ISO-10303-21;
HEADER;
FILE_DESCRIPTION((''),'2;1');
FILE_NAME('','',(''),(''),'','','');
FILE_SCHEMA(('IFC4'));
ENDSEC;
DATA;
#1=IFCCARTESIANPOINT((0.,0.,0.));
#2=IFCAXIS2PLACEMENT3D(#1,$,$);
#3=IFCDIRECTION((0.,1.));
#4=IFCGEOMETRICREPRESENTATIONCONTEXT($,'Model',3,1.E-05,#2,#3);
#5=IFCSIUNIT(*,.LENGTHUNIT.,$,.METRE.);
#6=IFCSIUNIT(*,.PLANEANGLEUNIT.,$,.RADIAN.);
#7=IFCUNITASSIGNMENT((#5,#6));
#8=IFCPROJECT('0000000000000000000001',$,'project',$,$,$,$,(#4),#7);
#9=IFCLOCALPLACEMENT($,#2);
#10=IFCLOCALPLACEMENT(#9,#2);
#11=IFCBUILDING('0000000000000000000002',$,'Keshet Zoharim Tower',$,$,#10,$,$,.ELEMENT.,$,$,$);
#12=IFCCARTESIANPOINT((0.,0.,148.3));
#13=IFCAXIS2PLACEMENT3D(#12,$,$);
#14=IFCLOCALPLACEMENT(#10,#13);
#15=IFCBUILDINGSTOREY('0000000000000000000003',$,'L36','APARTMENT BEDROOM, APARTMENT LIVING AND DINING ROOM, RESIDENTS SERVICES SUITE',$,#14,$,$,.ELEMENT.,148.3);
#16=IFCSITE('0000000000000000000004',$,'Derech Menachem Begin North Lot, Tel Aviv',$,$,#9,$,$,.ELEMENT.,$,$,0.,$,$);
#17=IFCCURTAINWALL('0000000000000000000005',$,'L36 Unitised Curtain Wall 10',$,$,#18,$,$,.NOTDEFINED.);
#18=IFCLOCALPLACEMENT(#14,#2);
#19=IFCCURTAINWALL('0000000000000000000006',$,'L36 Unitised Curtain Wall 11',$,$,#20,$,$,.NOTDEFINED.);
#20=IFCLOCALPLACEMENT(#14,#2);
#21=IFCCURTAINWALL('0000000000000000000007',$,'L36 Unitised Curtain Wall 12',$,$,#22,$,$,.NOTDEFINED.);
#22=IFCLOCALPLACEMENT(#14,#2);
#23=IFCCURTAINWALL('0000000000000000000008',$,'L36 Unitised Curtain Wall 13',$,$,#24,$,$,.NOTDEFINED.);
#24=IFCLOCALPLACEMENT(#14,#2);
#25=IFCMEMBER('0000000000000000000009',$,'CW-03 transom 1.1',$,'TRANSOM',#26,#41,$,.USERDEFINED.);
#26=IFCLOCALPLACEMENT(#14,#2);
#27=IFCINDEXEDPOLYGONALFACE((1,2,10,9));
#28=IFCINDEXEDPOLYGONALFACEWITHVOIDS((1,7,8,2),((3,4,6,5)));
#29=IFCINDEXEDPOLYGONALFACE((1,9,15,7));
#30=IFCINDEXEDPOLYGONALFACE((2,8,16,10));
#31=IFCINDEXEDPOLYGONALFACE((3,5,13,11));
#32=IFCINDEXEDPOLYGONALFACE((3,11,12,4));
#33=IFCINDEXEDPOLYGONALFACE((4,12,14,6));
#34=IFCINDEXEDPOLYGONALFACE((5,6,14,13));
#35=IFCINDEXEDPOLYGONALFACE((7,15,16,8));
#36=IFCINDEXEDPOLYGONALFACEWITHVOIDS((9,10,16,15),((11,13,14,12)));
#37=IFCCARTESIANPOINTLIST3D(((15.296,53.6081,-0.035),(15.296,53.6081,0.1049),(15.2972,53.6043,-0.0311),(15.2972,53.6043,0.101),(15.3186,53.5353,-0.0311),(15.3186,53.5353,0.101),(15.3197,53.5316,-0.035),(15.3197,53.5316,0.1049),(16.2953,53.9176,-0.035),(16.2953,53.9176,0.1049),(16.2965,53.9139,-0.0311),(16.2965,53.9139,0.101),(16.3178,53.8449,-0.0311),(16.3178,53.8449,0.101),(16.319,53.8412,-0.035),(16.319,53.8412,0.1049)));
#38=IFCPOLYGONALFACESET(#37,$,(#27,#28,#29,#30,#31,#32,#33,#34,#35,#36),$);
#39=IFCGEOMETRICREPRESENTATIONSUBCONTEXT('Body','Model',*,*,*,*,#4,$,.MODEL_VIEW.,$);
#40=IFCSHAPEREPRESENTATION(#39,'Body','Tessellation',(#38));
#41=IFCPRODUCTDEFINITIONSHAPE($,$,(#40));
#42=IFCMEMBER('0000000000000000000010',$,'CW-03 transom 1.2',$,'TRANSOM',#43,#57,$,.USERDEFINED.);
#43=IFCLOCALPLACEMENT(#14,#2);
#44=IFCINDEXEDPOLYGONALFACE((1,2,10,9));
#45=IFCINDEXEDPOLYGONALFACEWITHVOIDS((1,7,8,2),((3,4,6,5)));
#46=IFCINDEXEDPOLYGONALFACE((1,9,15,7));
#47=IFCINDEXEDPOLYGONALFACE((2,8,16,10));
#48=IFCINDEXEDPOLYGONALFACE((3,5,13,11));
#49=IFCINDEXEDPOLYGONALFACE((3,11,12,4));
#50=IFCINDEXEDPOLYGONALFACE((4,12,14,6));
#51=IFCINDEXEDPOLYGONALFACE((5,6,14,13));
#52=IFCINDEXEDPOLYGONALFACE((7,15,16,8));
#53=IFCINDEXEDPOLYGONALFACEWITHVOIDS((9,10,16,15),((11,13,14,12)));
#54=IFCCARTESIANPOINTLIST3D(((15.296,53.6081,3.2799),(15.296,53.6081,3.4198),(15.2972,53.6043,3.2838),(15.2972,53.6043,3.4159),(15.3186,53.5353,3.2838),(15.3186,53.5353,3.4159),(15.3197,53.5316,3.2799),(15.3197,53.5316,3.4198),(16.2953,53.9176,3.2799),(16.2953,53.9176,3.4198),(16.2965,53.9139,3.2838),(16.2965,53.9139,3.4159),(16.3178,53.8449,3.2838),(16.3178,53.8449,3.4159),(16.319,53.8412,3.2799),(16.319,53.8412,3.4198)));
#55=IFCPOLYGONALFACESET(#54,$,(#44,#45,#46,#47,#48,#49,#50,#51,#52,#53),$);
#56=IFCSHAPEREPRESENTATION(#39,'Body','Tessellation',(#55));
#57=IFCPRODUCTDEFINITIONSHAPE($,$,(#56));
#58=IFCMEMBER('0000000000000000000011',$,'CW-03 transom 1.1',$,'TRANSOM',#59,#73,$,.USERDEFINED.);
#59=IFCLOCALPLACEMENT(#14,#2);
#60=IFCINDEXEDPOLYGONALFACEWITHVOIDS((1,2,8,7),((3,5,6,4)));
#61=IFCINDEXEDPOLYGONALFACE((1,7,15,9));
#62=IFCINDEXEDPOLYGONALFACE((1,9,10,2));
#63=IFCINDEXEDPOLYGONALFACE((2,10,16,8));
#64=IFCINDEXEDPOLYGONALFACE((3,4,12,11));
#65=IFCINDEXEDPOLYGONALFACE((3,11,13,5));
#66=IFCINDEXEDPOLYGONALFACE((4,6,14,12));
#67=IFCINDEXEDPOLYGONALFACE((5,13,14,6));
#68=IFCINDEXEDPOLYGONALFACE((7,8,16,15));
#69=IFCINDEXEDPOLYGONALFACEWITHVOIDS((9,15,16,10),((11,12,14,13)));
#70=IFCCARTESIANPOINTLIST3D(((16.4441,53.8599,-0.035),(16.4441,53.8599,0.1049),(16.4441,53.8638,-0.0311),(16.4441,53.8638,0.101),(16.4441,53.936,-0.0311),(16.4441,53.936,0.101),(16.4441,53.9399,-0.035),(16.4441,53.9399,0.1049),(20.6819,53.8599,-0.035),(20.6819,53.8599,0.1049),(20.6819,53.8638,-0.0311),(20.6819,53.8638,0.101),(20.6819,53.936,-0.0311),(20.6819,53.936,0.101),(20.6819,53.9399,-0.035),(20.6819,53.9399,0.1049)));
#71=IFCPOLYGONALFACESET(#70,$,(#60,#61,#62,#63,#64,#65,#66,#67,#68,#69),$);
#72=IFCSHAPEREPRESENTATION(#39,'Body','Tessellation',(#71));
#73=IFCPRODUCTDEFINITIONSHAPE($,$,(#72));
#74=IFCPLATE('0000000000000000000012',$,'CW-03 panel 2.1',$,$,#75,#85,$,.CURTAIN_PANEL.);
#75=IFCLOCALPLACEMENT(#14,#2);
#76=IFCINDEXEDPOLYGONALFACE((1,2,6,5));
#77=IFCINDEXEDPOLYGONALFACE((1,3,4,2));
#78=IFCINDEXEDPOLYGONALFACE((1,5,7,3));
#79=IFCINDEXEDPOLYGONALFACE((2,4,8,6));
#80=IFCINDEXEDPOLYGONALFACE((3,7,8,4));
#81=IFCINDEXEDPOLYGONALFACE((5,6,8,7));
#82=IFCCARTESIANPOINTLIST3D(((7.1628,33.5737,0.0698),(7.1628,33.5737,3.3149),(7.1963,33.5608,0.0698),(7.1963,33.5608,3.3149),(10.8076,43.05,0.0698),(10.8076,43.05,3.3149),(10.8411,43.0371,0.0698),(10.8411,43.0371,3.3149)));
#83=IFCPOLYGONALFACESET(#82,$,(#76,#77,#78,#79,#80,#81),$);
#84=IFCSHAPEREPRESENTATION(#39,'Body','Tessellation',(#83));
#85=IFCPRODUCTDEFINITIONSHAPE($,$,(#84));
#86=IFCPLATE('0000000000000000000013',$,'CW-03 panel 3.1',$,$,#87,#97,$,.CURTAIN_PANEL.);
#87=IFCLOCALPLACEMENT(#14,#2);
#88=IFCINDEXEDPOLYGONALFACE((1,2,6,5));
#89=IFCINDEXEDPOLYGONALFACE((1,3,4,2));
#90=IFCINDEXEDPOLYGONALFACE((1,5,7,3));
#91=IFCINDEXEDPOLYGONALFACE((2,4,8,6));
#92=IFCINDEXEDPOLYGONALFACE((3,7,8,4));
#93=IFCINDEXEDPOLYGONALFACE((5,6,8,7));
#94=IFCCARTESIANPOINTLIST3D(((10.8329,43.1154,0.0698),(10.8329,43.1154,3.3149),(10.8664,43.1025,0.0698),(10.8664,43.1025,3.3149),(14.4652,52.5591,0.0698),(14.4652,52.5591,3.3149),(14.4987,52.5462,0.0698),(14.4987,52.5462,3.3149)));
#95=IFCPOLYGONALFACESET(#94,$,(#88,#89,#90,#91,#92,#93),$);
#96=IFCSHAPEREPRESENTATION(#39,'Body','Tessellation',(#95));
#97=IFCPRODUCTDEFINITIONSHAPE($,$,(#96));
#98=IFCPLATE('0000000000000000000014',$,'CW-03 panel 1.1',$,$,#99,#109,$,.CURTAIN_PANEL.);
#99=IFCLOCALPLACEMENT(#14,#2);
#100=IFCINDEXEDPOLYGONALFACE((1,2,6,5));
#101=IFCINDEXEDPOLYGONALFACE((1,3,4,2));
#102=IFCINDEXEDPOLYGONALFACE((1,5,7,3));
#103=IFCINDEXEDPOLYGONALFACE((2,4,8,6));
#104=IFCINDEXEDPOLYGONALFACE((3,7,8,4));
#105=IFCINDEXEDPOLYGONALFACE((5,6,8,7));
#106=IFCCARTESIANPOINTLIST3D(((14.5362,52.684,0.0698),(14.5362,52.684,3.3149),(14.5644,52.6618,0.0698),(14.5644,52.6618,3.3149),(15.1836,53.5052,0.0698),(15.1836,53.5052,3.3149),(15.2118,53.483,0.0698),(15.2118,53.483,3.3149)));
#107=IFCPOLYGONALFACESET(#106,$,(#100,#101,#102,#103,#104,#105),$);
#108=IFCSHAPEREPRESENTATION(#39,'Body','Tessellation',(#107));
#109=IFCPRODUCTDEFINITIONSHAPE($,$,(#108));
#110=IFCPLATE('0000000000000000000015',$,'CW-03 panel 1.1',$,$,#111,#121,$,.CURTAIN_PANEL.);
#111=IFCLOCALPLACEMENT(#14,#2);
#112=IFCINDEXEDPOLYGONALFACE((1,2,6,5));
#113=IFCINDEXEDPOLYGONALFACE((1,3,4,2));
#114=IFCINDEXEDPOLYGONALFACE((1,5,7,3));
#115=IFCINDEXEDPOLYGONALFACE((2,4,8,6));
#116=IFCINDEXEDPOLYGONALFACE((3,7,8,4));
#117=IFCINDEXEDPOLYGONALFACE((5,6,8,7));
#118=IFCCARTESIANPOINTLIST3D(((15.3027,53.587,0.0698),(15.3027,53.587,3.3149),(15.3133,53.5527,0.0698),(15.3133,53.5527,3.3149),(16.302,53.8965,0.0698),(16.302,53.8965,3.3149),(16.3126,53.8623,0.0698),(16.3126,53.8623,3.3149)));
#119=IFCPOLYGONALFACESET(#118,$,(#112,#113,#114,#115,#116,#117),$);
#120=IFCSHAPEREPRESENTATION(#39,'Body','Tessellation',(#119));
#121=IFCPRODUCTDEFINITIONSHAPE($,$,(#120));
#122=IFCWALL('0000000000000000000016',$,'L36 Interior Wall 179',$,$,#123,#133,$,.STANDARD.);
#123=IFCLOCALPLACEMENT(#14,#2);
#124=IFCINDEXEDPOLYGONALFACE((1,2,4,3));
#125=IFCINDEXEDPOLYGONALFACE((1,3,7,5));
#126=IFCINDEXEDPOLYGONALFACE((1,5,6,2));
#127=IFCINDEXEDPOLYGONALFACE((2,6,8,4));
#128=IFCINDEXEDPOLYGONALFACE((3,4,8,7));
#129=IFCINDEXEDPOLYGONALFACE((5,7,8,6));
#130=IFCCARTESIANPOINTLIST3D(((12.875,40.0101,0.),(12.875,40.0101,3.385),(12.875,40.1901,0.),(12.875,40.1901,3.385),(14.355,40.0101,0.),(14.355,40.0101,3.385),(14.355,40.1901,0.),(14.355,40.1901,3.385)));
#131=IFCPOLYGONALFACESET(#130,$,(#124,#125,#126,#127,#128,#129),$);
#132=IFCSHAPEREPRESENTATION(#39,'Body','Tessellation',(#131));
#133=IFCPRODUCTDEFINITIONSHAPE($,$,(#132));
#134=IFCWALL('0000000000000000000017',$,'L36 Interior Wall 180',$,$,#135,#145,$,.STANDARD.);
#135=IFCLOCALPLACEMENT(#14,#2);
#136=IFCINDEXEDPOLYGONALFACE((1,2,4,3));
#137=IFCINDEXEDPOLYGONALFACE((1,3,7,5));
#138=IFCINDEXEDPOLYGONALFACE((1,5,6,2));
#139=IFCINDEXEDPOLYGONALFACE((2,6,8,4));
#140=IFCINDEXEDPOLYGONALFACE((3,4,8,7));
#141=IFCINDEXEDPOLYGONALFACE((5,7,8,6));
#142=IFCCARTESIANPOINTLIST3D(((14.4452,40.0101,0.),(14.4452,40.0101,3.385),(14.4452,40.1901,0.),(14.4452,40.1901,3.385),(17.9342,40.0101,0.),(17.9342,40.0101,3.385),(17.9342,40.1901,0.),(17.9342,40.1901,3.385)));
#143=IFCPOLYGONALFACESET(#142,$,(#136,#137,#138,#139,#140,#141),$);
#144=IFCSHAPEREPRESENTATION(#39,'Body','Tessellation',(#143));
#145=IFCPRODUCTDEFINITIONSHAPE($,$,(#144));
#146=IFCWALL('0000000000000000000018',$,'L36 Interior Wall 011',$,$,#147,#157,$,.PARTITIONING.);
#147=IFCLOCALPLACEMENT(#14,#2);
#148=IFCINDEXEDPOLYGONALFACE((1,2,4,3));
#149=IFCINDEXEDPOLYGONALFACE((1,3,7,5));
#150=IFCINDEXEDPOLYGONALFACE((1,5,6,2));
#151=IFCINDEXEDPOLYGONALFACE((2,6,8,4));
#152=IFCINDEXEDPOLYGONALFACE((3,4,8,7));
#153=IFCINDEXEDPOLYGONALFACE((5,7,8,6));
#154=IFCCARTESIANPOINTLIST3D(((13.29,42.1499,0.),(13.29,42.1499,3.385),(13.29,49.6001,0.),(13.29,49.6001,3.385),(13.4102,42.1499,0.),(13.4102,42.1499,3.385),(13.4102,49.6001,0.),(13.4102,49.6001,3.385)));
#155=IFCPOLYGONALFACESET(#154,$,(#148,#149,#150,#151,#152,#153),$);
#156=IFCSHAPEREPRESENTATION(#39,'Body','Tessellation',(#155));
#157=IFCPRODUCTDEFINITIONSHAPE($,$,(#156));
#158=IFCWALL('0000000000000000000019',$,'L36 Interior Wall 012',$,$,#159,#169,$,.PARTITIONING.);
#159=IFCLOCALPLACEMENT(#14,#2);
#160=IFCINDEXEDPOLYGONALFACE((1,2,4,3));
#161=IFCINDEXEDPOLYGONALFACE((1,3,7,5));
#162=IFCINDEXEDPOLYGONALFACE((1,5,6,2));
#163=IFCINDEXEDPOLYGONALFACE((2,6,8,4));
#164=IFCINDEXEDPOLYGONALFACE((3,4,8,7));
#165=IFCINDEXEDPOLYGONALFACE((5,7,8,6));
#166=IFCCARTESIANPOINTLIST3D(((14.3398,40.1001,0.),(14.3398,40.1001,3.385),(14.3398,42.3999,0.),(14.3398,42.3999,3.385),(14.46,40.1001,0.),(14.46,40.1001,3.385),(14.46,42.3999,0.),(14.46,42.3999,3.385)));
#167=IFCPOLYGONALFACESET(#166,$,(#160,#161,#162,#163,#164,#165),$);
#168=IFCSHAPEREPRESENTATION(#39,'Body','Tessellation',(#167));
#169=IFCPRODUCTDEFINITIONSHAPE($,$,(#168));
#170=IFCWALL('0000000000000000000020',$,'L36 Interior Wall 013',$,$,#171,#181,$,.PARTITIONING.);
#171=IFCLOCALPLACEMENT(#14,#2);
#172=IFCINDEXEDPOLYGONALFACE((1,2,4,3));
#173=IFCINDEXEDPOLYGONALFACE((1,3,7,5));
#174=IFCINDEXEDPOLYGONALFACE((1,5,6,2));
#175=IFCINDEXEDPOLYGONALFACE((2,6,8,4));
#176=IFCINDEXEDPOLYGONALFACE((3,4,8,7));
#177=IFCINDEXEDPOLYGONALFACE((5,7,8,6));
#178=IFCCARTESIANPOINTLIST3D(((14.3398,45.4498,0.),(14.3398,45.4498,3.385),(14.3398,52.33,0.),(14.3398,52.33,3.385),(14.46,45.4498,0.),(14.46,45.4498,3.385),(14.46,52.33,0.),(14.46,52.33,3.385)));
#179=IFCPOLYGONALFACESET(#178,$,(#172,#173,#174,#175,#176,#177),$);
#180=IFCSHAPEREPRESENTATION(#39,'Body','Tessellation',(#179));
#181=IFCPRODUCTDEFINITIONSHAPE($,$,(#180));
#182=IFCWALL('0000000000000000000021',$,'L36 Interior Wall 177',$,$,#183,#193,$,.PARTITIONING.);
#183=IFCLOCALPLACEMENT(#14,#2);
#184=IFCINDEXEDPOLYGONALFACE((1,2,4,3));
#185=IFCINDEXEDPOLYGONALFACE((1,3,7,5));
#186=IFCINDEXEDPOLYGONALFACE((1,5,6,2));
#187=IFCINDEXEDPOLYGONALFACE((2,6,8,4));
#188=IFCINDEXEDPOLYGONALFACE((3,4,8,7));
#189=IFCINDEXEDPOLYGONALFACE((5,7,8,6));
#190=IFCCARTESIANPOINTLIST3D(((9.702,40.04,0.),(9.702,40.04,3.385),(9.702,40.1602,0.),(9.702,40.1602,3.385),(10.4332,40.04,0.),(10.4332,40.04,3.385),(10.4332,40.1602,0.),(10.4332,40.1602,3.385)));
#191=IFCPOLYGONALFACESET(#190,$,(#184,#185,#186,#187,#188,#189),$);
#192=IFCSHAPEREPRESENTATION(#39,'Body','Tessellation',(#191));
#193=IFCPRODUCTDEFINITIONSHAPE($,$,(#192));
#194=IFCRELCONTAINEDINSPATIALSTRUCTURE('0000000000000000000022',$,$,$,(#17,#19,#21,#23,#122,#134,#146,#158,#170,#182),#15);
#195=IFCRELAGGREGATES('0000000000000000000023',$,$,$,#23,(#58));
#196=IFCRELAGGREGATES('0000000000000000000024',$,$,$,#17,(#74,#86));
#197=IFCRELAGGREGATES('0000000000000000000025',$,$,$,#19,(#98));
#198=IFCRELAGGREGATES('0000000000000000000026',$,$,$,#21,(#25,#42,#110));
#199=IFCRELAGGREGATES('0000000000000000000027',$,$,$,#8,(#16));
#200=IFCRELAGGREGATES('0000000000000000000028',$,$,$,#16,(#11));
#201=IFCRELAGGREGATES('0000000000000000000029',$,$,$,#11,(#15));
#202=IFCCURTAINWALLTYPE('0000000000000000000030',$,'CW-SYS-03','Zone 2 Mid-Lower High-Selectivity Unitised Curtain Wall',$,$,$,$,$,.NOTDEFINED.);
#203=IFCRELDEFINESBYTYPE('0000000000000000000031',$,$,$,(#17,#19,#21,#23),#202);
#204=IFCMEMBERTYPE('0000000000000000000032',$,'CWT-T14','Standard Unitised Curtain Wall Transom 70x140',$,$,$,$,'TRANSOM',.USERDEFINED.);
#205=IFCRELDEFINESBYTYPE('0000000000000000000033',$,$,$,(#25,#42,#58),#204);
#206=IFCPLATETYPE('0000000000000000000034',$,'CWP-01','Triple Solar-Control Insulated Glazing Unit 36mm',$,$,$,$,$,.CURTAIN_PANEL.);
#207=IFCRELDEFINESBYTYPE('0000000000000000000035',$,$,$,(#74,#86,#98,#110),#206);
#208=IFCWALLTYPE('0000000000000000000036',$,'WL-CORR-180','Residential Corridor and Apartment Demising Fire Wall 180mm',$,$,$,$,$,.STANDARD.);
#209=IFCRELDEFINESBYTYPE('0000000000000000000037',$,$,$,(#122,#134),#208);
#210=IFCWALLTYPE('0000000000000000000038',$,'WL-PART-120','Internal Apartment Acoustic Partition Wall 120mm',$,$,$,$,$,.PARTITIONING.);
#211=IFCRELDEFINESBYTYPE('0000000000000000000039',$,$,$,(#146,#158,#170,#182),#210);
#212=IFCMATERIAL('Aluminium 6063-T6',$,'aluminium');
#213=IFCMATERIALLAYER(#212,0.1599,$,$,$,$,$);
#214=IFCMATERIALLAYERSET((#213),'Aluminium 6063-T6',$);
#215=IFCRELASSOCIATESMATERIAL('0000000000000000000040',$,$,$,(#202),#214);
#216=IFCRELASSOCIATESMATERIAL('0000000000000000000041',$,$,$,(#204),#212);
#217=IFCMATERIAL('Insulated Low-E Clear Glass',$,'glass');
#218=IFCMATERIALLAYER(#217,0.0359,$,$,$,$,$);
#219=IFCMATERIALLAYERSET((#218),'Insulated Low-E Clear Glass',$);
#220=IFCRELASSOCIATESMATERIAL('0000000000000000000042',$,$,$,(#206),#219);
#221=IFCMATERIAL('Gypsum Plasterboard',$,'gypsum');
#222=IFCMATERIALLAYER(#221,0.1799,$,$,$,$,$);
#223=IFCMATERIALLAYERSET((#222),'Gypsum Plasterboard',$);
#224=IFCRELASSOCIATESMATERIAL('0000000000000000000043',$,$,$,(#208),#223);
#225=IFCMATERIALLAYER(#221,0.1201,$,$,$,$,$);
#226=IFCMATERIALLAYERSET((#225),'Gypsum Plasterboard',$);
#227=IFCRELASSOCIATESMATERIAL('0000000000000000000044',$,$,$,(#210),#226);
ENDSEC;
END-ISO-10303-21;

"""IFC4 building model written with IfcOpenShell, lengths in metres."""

from ifc_helpers import new_model, si_unit, direction, frame, frame_2d, origin, origin_2d, place, context, subcontext, project, spatial, rectangle, hollow_rectangle, extrude, material, layer, layer_set, material_profile, profile_set, type_object, element, aggregate, save


model = new_model("IFC4")

# Units and contexts
model_context = context("Model", 3, precision=1e-05, world=origin(), true_north=direction((0.0, 1.0)))
body_context = subcontext(model_context, "Body", "Model", "MODEL_VIEW")
ifc_project = project(units=[si_unit("LENGTHUNIT", "METRE"), si_unit("PLANEANGLEUNIT", "RADIAN")], contexts=[model_context])

# Site, building, storey
site_placement = place(None, origin())
site = spatial("IfcSite", under=ifc_project, at=site_placement, Name="Derech Menachem Begin North Lot, Tel Aviv", CompositionType="ELEMENT", RefElevation=0.0)
building_placement = place(site_placement, origin())
building = spatial("IfcBuilding", under=site, at=building_placement, Name="Keshet Zoharim Tower", CompositionType="ELEMENT")
storey_placement = place(building_placement, frame((0.0, 0.0, 148.3)))
storey = spatial("IfcBuildingStorey", under=building, at=storey_placement, Name="L36", Description="APARTMENT BEDROOM, APARTMENT LIVING AND DINING ROOM, RESIDENTS SERVICES SUITE", CompositionType="ELEMENT", Elevation=148.3)

# Curtain walls
ifc_material_1 = material(Name="Aluminium 6063-T6", Category="aluminium")
ifc_layer_1 = layer(ifc_material_1, 0.1599)
ifc_layer_set_1 = layer_set([ifc_layer_1], Name="Aluminium 6063-T6")
curtain_wall_type = type_object("IfcCurtainWallType", Name="CW-SYS-03", Description="Zone 2 Mid-Lower High-Selectivity Unitised Curtain Wall", PredefinedType="NOTDEFINED", material=ifc_layer_set_1)
curtain_wall_1_placement = place(storey_placement, origin())
curtain_wall_1 = element("IfcCurtainWall", 1, at=curtain_wall_1_placement, inside=storey, type_object=curtain_wall_type, Name="L36 Unitised Curtain Wall 10", PredefinedType="NOTDEFINED")
curtain_wall_2_placement = place(storey_placement, origin())
curtain_wall_2 = element("IfcCurtainWall", 2, at=curtain_wall_2_placement, inside=storey, type_object=curtain_wall_type, Name="L36 Unitised Curtain Wall 11", PredefinedType="NOTDEFINED")
curtain_wall_3_placement = place(storey_placement, origin())
curtain_wall_3 = element("IfcCurtainWall", 3, at=curtain_wall_3_placement, inside=storey, type_object=curtain_wall_type, Name="L36 Unitised Curtain Wall 12", PredefinedType="NOTDEFINED")

# Curtain wall
curtain_wall_4_placement = place(storey_placement, origin())
curtain_wall_4 = element("IfcCurtainWall", 4, at=curtain_wall_4_placement, inside=storey, type_object=curtain_wall_type, Name="L36 Unitised Curtain Wall 13", PredefinedType="NOTDEFINED")

# Members
ifc_material_profile_1 = material_profile(ifc_material_1, hollow_rectangle(XDim=0.0801, YDim=0.1399, WallThickness=0.0039, at=origin_2d()), Name="TRN-80x140")
ifc_profile_set_1 = profile_set([ifc_material_profile_1], Name="Aluminium 6063-T6")
member_type_1 = type_object("IfcMemberType", Name="CWT-T14", Description="Standard Unitised Curtain Wall Transom 70x140", ElementType="TRANSOM", PredefinedType="USERDEFINED", material=ifc_profile_set_1)
member_1_placement = place(storey_placement, frame((15.3079, 53.5698, 0.0349), z_axis=(0.955212, 0.295922, 0.0), x_axis=(-0.295922, 0.955212, 0.0)))
member_1 = element("IfcMember", 5, at=member_1_placement, type_object=member_type_1, Name="CW-03 transom 1.1", ObjectType="TRANSOM", PredefinedType="USERDEFINED", context=body_context, shape_type="SweptSolid", body=[
    extrude(hollow_rectangle(XDim=0.0801, YDim=0.1399, WallThickness=0.0039, at=origin_2d()), origin(), (0.0, 0.0, 1.0), 1.0461),
])
member_2_placement = place(storey_placement, frame((15.3079, 53.5698, 3.3499), z_axis=(0.955212, 0.295922, 0.0), x_axis=(-0.295922, 0.955212, 0.0)))
member_2 = element("IfcMember", 6, at=member_2_placement, type_object=member_type_1, Name="CW-03 transom 1.2", ObjectType="TRANSOM", PredefinedType="USERDEFINED", context=body_context, shape_type="SweptSolid", body=[
    extrude(hollow_rectangle(XDim=0.0801, YDim=0.1399, WallThickness=0.0039, at=origin_2d()), origin(), (0.0, 0.0, 1.0), 1.0461),
])
member_3_placement = place(storey_placement, frame((16.4441, 53.8999, 0.0349), z_axis=(1.0, 0.0, 0.0), x_axis=(0.0, 1.0, 0.0)))
member_3 = element("IfcMember", 7, at=member_3_placement, type_object=member_type_1, Name="CW-03 transom 1.1", ObjectType="TRANSOM", PredefinedType="USERDEFINED", context=body_context, shape_type="SweptSolid", body=[
    extrude(hollow_rectangle(XDim=0.0801, YDim=0.1399, WallThickness=0.0039, at=origin_2d()), origin(), (0.0, 0.0, 1.0), 4.2378),
])
aggregate(curtain_wall_4, [member_3])

# Plates
ifc_material_2 = material(Name="Insulated Low-E Clear Glass", Category="glass")
ifc_layer_2 = layer(ifc_material_2, 0.0359)
ifc_layer_set_2 = layer_set([ifc_layer_2], Name="Insulated Low-E Clear Glass")
plate_type = type_object("IfcPlateType", Name="CWP-01", Description="Triple Solar-Control Insulated Glazing Unit 36mm", PredefinedType="CURTAIN_PANEL", material=ifc_layer_set_2)
plate_1_placement = place(storey_placement, frame((9.002, 38.3054, 0.0698), z_axis=(0.0, 0.0, 1.0), x_axis=(0.35899, 0.933341, 0.0)))
plate_1 = element("IfcPlate", 8, at=plate_1_placement, type_object=plate_type, Name="CW-03 panel 2.1", PredefinedType="CURTAIN_PANEL", context=body_context, shape_type="SweptSolid", body=[
    extrude(rectangle(XDim=10.1531, YDim=0.0359, at=origin_2d()), origin(), (0.0, 0.0, 1.0), 3.2451),
])
plate_2_placement = place(storey_placement, frame((12.6658, 47.8308, 0.0698), z_axis=(0.0, 0.0, 1.0), x_axis=(0.35899, 0.933341, 0.0)))
plate_2 = element("IfcPlate", 9, at=plate_2_placement, type_object=plate_type, Name="CW-03 panel 3.1", PredefinedType="CURTAIN_PANEL", context=body_context, shape_type="SweptSolid", body=[
    extrude(rectangle(XDim=10.1182, YDim=0.0359, at=origin_2d()), origin(), (0.0, 0.0, 1.0), 3.2451),
])
aggregate(curtain_wall_1, [plate_1, plate_2])
plate_3_placement = place(storey_placement, frame((14.874, 53.0835, 0.0698), z_axis=(0.0, 0.0, 1.0), x_axis=(0.619125, 0.785293, 0.0)))
plate_3 = element("IfcPlate", 10, at=plate_3_placement, type_object=plate_type, Name="CW-03 panel 1.1", PredefinedType="CURTAIN_PANEL", context=body_context, shape_type="SweptSolid", body=[
    extrude(rectangle(XDim=1.0457, YDim=0.0359, at=origin_2d()), origin(), (0.0, 0.0, 1.0), 3.2451),
])
aggregate(curtain_wall_2, [plate_3])
plate_4_placement = place(storey_placement, frame((15.8076, 53.7246, 0.0698), z_axis=(0.0, 0.0, 1.0), x_axis=(0.955212, 0.295922, 0.0)))
plate_4 = element("IfcPlate", 11, at=plate_4_placement, type_object=plate_type, Name="CW-03 panel 1.1", PredefinedType="CURTAIN_PANEL", context=body_context, shape_type="SweptSolid", body=[
    extrude(rectangle(XDim=1.0461, YDim=0.0359, at=origin_2d()), origin(), (0.0, 0.0, 1.0), 3.2451),
])
aggregate(curtain_wall_3, [member_1, member_2, plate_4])

# Walls
ifc_material_3 = material(Name="Gypsum Plasterboard", Category="gypsum")
ifc_layer_3 = layer(ifc_material_3, 0.1799)
ifc_layer_set_3 = layer_set([ifc_layer_3], Name="Gypsum Plasterboard")
wall_type_1 = type_object("IfcWallType", Name="WL-CORR-180", Description="Residential Corridor and Apartment Demising Fire Wall 180mm", PredefinedType="STANDARD", material=ifc_layer_set_3)
wall_1_placement = place(storey_placement, frame((12.875, 40.1001, 0.0), z_axis=(0.0, 0.0, 1.0), x_axis=(1.0, 0.0, 0.0)))
element("IfcWall", 12, at=wall_1_placement, inside=storey, type_object=wall_type_1, Name="L36 Interior Wall 179", PredefinedType="STANDARD", context=body_context, shape_type="SweptSolid", body=[
    extrude(rectangle(XDim=1.48, YDim=0.1799, at=frame_2d((0.74, 0.0))), origin(), (0.0, 0.0, 1.0), 3.385),
])
wall_2_placement = place(storey_placement, frame((14.4451, 40.1001, 0.0), z_axis=(0.0, 0.0, 1.0), x_axis=(1.0, 0.0, 0.0)))
element("IfcWall", 13, at=wall_2_placement, inside=storey, type_object=wall_type_1, Name="L36 Interior Wall 180", PredefinedType="STANDARD", context=body_context, shape_type="SweptSolid", body=[
    extrude(rectangle(XDim=3.489, YDim=0.1799, at=frame_2d((1.7446, 0.0))), origin(), (0.0, 0.0, 1.0), 3.385),
])
ifc_layer_4 = layer(ifc_material_3, 0.1201)
ifc_layer_set_4 = layer_set([ifc_layer_4], Name="Gypsum Plasterboard")
wall_type_2 = type_object("IfcWallType", Name="WL-PART-120", Description="Internal Apartment Acoustic Partition Wall 120mm", PredefinedType="PARTITIONING", material=ifc_layer_set_4)
wall_3_placement = place(storey_placement, frame((13.3501, 42.1499, 0.0), z_axis=(0.0, 0.0, 1.0), x_axis=(0.0, 1.0, 0.0)))
element("IfcWall", 14, at=wall_3_placement, inside=storey, type_object=wall_type_2, Name="L36 Interior Wall 011", PredefinedType="PARTITIONING", context=body_context, shape_type="SweptSolid", body=[
    extrude(rectangle(XDim=7.4502, YDim=0.1201, at=frame_2d((3.7251, 0.0))), origin(), (0.0, 0.0, 1.0), 3.385),
])
wall_4_placement = place(storey_placement, frame((14.3999, 40.1001, 0.0), z_axis=(0.0, 0.0, 1.0), x_axis=(0.0, 1.0, 0.0)))
element("IfcWall", 15, at=wall_4_placement, inside=storey, type_object=wall_type_2, Name="L36 Interior Wall 012", PredefinedType="PARTITIONING", context=body_context, shape_type="SweptSolid", body=[
    extrude(rectangle(XDim=2.2998, YDim=0.1201, at=frame_2d((1.1499, 0.0))), origin(), (0.0, 0.0, 1.0), 3.385),
])
wall_5_placement = place(storey_placement, frame((14.3999, 45.45, 0.0), z_axis=(0.0, 0.0, 1.0), x_axis=(0.0, 1.0, 0.0)))
element("IfcWall", 16, at=wall_5_placement, inside=storey, type_object=wall_type_2, Name="L36 Interior Wall 013", PredefinedType="PARTITIONING", context=body_context, shape_type="SweptSolid", body=[
    extrude(rectangle(XDim=6.8801, YDim=0.1201, at=frame_2d((3.4399, 0.0))), origin(), (0.0, 0.0, 1.0), 3.385),
])
wall_6_placement = place(storey_placement, frame((9.7019, 40.1001, 0.0), z_axis=(0.0, 0.0, 1.0), x_axis=(1.0, 0.0, 0.0)))
element("IfcWall", 17, at=wall_6_placement, inside=storey, type_object=wall_type_2, Name="L36 Interior Wall 177", PredefinedType="PARTITIONING", context=body_context, shape_type="SweptSolid", body=[
    extrude(rectangle(XDim=0.7312, YDim=0.1201, at=frame_2d((0.3657, 0.0))), origin(), (0.0, 0.0, 1.0), 3.385),
])

save(model, "model.ifc")
